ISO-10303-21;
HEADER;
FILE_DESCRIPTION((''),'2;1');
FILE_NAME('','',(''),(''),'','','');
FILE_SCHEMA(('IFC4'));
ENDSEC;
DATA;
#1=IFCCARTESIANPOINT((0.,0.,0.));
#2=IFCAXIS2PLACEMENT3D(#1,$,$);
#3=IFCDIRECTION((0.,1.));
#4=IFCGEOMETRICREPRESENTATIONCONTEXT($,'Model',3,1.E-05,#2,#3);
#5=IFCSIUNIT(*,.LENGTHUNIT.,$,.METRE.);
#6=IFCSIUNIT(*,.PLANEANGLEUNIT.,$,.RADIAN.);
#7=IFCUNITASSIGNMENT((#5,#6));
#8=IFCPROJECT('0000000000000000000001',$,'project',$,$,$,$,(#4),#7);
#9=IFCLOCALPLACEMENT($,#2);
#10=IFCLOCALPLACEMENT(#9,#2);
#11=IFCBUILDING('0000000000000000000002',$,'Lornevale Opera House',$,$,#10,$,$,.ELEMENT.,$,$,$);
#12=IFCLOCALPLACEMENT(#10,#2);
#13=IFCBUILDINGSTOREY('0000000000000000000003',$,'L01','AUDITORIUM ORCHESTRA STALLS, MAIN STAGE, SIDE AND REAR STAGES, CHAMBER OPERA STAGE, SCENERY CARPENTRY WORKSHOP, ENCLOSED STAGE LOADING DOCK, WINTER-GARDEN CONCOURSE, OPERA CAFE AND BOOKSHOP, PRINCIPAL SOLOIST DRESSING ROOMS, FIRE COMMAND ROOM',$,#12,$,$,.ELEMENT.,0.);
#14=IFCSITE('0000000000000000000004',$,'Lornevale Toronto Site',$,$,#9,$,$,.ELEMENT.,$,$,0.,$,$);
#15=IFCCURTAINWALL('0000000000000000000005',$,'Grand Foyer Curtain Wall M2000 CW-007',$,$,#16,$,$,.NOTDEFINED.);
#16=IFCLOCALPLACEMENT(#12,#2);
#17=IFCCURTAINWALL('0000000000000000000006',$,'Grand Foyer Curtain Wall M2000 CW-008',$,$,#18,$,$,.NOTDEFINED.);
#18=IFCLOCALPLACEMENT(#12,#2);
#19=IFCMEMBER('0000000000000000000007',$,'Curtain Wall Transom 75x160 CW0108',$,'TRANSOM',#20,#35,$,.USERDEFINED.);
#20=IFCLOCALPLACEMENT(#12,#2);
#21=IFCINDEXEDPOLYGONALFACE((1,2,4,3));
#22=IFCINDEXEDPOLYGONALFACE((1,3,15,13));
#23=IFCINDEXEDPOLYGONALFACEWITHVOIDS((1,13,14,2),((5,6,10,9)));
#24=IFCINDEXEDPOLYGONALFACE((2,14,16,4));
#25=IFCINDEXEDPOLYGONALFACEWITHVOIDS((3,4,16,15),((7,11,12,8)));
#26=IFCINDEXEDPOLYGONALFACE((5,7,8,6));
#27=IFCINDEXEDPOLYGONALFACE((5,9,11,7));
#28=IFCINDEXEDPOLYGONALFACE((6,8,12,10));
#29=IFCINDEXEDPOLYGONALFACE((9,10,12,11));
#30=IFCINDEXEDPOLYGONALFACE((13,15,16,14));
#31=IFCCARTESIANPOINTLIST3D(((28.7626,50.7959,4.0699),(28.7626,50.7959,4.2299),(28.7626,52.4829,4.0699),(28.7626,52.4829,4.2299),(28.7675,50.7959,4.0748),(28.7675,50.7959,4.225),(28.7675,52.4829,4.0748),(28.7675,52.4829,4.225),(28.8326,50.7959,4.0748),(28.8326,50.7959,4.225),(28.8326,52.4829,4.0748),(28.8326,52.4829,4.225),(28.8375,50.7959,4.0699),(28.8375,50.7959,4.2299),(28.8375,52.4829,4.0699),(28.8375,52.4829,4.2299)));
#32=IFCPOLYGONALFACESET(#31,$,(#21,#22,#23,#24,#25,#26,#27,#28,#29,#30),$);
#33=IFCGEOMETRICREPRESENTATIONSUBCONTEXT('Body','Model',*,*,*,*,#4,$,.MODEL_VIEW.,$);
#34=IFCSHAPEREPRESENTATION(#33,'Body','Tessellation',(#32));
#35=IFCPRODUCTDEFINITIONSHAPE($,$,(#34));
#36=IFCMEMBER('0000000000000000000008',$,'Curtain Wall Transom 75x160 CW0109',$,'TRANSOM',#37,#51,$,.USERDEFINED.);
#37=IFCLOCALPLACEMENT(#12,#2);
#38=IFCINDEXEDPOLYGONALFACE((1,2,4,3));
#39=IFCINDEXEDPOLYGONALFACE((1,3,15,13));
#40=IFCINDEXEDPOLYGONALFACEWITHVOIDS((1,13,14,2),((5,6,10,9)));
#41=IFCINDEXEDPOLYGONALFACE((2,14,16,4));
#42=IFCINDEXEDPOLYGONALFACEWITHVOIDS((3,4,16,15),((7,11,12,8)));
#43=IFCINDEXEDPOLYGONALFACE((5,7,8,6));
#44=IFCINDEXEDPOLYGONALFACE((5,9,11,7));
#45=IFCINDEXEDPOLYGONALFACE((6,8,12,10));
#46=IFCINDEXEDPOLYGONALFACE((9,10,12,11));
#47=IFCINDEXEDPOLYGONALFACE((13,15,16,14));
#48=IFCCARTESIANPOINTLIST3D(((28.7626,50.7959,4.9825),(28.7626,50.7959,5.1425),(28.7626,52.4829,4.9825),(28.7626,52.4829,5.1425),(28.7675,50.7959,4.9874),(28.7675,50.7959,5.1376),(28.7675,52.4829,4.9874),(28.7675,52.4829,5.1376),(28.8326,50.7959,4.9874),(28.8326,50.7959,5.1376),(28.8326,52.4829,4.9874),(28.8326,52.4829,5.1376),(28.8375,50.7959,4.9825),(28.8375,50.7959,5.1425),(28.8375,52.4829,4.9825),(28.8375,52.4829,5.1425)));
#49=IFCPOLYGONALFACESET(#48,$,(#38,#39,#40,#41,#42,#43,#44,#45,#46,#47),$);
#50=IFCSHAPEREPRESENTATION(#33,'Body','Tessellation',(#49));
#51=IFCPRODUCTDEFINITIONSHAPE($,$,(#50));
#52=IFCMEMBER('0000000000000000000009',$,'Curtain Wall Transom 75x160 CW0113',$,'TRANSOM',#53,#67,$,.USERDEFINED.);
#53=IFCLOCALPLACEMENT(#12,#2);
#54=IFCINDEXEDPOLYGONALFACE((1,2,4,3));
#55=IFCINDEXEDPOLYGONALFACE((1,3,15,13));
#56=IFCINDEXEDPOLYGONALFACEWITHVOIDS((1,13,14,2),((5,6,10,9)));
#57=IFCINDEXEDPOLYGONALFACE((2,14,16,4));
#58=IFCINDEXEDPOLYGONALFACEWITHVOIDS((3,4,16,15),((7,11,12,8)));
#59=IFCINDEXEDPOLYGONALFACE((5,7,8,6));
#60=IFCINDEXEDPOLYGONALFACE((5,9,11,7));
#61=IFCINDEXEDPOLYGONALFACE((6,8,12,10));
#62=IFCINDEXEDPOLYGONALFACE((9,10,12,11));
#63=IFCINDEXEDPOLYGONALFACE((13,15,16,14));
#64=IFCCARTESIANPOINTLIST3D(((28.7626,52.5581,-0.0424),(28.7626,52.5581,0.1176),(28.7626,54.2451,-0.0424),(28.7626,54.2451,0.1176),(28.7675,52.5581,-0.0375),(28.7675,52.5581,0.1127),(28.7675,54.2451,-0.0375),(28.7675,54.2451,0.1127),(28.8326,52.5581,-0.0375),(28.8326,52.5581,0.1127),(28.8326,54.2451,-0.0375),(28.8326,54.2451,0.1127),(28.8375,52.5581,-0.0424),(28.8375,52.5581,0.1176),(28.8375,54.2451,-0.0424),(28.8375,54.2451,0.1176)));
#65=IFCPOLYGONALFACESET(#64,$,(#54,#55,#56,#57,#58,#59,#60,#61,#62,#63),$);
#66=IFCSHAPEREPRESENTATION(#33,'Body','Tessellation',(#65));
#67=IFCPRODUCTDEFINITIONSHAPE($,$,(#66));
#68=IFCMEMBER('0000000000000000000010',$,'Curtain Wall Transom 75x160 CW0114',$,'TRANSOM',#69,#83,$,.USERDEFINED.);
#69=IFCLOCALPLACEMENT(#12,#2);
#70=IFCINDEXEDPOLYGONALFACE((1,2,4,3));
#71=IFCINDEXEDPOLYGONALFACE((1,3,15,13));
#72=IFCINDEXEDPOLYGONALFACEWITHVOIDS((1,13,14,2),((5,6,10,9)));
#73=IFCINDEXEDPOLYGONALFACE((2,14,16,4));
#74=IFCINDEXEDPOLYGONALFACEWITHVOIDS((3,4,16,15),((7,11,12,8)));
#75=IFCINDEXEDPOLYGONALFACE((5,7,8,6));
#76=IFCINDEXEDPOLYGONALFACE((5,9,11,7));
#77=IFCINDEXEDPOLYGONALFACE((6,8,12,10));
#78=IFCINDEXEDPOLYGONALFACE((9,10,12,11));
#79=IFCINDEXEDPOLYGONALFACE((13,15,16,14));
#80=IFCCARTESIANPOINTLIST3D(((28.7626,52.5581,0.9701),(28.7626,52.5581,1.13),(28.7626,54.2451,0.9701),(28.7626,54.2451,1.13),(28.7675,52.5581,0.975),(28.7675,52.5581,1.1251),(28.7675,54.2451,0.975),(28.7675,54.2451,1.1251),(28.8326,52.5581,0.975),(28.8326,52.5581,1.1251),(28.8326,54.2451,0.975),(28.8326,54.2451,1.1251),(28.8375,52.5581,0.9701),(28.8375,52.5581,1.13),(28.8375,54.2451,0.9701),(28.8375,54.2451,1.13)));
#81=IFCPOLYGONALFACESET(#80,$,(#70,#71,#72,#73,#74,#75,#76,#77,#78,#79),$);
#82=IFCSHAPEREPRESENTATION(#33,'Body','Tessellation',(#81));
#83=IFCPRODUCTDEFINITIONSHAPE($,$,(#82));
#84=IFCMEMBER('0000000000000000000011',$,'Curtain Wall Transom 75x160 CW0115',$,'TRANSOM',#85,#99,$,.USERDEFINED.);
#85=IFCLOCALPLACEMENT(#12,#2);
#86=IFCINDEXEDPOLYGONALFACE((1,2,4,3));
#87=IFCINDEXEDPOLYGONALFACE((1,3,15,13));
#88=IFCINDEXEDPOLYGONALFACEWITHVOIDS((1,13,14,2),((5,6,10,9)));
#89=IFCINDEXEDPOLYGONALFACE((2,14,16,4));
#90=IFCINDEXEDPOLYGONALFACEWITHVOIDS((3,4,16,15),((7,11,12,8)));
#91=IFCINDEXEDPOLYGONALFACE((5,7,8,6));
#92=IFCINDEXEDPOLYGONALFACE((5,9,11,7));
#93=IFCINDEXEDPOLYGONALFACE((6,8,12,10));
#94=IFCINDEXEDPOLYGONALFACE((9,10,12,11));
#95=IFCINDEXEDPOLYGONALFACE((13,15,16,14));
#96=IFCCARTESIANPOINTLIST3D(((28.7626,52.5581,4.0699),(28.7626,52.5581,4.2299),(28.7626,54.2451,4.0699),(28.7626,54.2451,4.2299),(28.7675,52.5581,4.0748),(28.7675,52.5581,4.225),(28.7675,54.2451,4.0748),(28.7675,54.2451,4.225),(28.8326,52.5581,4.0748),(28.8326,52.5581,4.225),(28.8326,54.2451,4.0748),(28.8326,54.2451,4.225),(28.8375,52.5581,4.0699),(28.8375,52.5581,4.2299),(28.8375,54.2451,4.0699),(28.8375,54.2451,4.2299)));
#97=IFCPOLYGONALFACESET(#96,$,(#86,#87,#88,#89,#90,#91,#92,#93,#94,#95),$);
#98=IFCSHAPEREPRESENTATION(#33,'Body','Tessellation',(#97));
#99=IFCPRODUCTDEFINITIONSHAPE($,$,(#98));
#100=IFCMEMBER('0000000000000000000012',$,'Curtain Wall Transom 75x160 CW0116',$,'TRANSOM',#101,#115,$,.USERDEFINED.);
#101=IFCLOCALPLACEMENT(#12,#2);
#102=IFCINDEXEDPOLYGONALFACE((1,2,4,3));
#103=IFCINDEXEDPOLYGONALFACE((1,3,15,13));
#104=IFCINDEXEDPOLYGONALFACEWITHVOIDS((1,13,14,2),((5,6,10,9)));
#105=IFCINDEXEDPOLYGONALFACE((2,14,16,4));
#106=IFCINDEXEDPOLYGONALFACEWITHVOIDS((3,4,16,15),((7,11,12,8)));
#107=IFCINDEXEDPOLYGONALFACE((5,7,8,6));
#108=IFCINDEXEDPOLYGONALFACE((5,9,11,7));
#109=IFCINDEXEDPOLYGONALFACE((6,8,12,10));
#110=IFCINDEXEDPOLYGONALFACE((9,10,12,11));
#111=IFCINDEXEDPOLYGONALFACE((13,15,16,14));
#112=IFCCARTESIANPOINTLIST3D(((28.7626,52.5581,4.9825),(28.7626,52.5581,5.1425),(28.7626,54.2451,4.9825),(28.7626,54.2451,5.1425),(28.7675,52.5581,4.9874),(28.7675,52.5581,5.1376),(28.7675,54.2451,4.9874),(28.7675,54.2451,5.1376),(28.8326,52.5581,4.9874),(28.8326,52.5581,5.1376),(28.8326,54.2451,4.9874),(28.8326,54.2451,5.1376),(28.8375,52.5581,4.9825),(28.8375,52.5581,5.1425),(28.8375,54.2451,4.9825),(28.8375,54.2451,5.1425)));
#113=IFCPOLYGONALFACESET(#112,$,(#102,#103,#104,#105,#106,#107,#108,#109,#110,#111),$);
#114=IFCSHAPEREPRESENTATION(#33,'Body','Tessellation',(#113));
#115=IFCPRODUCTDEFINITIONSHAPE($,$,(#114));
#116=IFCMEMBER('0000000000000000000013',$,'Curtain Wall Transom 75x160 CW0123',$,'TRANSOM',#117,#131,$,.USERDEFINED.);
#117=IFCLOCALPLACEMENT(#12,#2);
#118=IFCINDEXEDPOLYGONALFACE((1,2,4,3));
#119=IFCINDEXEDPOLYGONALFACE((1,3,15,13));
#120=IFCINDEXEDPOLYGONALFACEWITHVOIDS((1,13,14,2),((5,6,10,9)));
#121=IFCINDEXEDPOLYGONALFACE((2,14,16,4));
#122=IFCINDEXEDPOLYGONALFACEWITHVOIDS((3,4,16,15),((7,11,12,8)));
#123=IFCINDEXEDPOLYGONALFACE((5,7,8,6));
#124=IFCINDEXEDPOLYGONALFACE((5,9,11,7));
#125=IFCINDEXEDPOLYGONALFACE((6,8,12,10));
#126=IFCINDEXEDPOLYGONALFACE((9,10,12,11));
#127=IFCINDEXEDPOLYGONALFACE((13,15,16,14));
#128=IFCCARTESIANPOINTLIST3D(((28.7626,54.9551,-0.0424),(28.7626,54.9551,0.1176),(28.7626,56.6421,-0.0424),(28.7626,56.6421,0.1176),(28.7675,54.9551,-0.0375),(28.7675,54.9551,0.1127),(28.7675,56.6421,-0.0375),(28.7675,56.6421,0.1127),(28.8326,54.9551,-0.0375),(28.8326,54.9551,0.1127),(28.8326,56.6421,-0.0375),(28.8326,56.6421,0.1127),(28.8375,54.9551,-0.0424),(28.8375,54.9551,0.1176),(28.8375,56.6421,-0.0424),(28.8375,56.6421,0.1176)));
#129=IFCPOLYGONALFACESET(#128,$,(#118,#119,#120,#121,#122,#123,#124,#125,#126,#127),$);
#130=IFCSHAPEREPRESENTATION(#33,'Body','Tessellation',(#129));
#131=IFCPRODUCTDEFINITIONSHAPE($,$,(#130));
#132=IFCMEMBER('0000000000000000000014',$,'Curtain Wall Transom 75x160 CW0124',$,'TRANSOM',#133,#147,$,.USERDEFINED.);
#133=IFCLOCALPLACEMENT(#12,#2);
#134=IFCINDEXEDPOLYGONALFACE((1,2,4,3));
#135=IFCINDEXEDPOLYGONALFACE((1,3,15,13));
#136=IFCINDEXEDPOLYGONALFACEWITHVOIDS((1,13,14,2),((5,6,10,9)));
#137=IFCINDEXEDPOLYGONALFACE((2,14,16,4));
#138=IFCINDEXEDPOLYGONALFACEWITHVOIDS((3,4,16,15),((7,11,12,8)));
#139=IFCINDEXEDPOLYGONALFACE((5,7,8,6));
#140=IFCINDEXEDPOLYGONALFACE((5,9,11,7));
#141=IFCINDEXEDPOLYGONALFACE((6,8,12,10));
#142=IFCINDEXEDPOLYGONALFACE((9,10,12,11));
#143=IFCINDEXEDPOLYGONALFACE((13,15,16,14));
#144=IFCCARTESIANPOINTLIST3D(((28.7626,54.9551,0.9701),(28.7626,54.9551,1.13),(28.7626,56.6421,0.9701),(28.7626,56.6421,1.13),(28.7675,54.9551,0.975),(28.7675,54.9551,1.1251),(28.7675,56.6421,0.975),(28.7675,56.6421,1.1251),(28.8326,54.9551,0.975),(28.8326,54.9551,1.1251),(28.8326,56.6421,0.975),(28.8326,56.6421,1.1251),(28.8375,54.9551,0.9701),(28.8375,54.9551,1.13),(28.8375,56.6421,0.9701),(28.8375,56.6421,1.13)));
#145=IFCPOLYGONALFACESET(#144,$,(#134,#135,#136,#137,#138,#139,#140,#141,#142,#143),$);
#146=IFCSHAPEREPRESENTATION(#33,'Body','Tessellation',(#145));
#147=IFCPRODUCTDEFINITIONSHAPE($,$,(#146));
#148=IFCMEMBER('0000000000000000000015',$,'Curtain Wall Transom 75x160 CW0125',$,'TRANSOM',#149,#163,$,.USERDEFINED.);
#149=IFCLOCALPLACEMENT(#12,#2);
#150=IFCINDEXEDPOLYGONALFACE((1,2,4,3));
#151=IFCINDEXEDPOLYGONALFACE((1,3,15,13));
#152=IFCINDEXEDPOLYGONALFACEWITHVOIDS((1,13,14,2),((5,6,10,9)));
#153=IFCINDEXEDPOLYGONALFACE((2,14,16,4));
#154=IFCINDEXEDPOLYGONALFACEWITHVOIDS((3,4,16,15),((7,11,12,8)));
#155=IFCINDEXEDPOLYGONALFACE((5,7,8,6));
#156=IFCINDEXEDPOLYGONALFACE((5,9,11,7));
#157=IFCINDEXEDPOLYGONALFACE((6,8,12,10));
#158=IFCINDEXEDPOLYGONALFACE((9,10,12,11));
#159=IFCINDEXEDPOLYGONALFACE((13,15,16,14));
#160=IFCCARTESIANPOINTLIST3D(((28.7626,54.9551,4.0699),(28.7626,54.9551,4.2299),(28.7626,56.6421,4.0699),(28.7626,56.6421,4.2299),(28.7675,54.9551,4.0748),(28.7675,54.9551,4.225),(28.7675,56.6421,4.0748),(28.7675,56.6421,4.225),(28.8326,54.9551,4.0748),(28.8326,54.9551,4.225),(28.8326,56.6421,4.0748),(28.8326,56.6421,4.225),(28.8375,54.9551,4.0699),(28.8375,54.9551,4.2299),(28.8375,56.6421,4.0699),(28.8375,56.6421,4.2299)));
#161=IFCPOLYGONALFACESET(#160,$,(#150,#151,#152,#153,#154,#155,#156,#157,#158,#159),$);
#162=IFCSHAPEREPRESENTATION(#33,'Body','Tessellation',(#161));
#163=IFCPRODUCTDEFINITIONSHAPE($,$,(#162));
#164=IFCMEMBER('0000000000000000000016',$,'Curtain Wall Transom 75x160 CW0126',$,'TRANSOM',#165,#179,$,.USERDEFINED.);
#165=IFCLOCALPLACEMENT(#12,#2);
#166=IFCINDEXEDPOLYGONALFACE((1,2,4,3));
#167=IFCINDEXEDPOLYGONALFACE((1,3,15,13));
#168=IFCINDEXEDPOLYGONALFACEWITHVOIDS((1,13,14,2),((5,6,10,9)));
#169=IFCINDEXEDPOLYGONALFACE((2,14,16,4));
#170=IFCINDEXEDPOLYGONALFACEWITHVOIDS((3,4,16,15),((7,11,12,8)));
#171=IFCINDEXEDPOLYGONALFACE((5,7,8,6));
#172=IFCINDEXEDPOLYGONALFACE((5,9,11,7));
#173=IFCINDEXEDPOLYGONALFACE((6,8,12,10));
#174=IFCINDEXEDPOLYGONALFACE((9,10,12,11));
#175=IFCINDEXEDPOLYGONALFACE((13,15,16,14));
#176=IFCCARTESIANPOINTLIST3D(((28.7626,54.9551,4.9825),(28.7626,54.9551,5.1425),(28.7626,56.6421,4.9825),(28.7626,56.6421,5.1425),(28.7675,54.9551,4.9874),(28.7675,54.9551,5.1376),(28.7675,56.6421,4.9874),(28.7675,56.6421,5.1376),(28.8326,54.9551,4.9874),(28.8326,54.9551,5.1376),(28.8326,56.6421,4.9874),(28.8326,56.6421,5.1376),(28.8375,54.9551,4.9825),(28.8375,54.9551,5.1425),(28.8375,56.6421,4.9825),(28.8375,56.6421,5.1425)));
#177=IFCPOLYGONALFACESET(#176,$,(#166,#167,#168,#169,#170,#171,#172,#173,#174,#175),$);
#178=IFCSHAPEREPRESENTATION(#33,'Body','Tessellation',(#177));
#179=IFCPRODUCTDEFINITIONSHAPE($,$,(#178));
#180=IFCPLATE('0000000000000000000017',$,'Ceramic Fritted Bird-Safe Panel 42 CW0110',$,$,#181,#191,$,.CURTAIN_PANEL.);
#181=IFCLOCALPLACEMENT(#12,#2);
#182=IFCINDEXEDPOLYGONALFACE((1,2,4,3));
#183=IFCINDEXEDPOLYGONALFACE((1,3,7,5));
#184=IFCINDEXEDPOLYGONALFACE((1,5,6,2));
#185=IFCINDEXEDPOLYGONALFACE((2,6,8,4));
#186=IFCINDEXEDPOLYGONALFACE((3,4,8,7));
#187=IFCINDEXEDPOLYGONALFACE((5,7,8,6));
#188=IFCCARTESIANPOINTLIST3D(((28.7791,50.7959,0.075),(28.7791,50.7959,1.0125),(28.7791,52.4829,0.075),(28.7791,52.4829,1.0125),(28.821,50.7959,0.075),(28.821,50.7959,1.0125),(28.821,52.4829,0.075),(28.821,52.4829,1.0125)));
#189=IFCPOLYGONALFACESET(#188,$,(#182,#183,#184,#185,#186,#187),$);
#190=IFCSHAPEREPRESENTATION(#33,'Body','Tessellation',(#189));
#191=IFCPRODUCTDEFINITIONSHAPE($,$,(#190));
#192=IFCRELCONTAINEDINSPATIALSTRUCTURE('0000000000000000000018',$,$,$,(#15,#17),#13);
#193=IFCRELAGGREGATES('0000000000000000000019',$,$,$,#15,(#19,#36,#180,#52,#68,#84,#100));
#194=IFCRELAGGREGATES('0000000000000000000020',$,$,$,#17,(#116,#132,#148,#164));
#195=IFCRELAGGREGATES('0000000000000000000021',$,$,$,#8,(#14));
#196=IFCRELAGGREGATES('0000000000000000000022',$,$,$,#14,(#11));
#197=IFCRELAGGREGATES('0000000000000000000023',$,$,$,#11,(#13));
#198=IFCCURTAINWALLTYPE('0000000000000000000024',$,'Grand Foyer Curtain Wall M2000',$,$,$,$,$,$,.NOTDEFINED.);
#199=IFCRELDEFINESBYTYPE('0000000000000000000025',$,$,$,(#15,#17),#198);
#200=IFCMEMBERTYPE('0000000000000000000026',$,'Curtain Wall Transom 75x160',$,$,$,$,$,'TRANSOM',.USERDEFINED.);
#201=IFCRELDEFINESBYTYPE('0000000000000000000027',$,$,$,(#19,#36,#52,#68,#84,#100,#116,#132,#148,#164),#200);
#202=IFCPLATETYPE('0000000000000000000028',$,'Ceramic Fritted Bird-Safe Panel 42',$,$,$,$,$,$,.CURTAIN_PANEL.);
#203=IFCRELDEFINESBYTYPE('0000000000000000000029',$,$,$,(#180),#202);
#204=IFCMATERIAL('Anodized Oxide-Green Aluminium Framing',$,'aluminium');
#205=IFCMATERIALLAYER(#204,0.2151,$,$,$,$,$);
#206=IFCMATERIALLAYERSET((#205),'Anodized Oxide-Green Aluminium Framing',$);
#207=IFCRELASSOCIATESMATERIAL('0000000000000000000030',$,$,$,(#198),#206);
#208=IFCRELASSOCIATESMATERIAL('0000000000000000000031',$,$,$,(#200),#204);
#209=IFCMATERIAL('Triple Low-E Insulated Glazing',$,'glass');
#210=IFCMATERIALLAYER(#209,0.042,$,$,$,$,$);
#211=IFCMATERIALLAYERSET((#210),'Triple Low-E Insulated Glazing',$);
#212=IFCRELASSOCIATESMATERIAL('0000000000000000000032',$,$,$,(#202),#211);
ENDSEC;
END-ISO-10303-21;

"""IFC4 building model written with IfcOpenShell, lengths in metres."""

from ifc_helpers import new_model, si_unit, direction, frame, origin, origin_2d, place, context, subcontext, project, spatial, rectangle, hollow_rectangle, extrude, material, layer, layer_set, material_profile, profile_set, type_object, element, aggregate, save


model = new_model("IFC4")

# Units and contexts
model_context = context("Model", 3, precision=1e-05, world=origin(), true_north=direction((0.0, 1.0)))
body_context = subcontext(model_context, "Body", "Model", "MODEL_VIEW")
ifc_project = project(units=[si_unit("LENGTHUNIT", "METRE"), si_unit("PLANEANGLEUNIT", "RADIAN")], contexts=[model_context])

# Site, building, storey
site_placement = place(None, origin())
site = spatial("IfcSite", under=ifc_project, at=site_placement, Name="Lornevale Toronto Site", CompositionType="ELEMENT", RefElevation=0.0)
building_placement = place(site_placement, origin())
building = spatial("IfcBuilding", under=site, at=building_placement, Name="Lornevale Opera House", CompositionType="ELEMENT")
storey_placement = place(building_placement, origin())
storey = spatial("IfcBuildingStorey", under=building, at=storey_placement, Name="L01", Description="AUDITORIUM ORCHESTRA STALLS, MAIN STAGE, SIDE AND REAR STAGES, CHAMBER OPERA STAGE, SCENERY CARPENTRY WORKSHOP, ENCLOSED STAGE LOADING DOCK, WINTER-GARDEN CONCOURSE, OPERA CAFE AND BOOKSHOP, PRINCIPAL SOLOIST DRESSING ROOMS, FIRE COMMAND ROOM", CompositionType="ELEMENT", Elevation=0.0)

# Curtain wall
ifc_material_1 = material(Name="Anodized Oxide-Green Aluminium Framing", Category="aluminium")
ifc_layer_1 = layer(ifc_material_1, 0.2151)
ifc_layer_set_1 = layer_set([ifc_layer_1], Name="Anodized Oxide-Green Aluminium Framing")
curtain_wall_type = type_object("IfcCurtainWallType", Name="Grand Foyer Curtain Wall M2000", PredefinedType="NOTDEFINED", material=ifc_layer_set_1)
curtain_wall_1_placement = place(storey_placement, origin())
curtain_wall_1 = element("IfcCurtainWall", 1, at=curtain_wall_1_placement, inside=storey, type_object=curtain_wall_type, Name="Grand Foyer Curtain Wall M2000 CW-007", PredefinedType="NOTDEFINED")

# Curtain wall
curtain_wall_2_placement = place(storey_placement, origin())
curtain_wall_2 = element("IfcCurtainWall", 2, at=curtain_wall_2_placement, inside=storey, type_object=curtain_wall_type, Name="Grand Foyer Curtain Wall M2000 CW-008", PredefinedType="NOTDEFINED")

# Members
ifc_material_profile_1 = material_profile(ifc_material_1, hollow_rectangle(XDim=0.075, YDim=0.1599, WallThickness=0.0049, at=origin_2d()), Name="ALU75x160x5")
ifc_profile_set_1 = profile_set([ifc_material_profile_1], Name="Anodized Oxide-Green Aluminium Framing")
member_type_1 = type_object("IfcMemberType", Name="Curtain Wall Transom 75x160", ElementType="TRANSOM", PredefinedType="USERDEFINED", material=ifc_profile_set_1)
member_1_placement = place(storey_placement, frame((28.8, 50.7959, 4.1499), z_axis=(0.0, 1.0, 0.0), x_axis=(-1.0, 0.0, 0.0)))
member_1 = element("IfcMember", 3, at=member_1_placement, type_object=member_type_1, Name="Curtain Wall Transom 75x160 CW0108", ObjectType="TRANSOM", PredefinedType="USERDEFINED", context=body_context, shape_type="SweptSolid", body=[
    extrude(hollow_rectangle(XDim=0.075, YDim=0.1599, WallThickness=0.0049, at=origin_2d()), origin(), (0.0, 0.0, 1.0), 1.687),
])
member_2_placement = place(storey_placement, frame((28.8, 50.7959, 5.0625), z_axis=(0.0, 1.0, 0.0), x_axis=(-1.0, 0.0, 0.0)))
member_2 = element("IfcMember", 4, at=member_2_placement, type_object=member_type_1, Name="Curtain Wall Transom 75x160 CW0109", ObjectType="TRANSOM", PredefinedType="USERDEFINED", context=body_context, shape_type="SweptSolid", body=[
    extrude(hollow_rectangle(XDim=0.075, YDim=0.1599, WallThickness=0.0049, at=origin_2d()), origin(), (0.0, 0.0, 1.0), 1.687),
])
member_3_placement = place(storey_placement, frame((28.8, 52.5581, 0.0376), z_axis=(0.0, 1.0, 0.0), x_axis=(-1.0, 0.0, 0.0)))
member_3 = element("IfcMember", 5, at=member_3_placement, type_object=member_type_1, Name="Curtain Wall Transom 75x160 CW0113", ObjectType="TRANSOM", PredefinedType="USERDEFINED", context=body_context, shape_type="SweptSolid", body=[
    extrude(hollow_rectangle(XDim=0.075, YDim=0.1599, WallThickness=0.0049, at=origin_2d()), origin(), (0.0, 0.0, 1.0), 1.687),
])
member_4_placement = place(storey_placement, frame((28.8, 52.5581, 1.05), z_axis=(0.0, 1.0, 0.0), x_axis=(-1.0, 0.0, 0.0)))
member_4 = element("IfcMember", 6, at=member_4_placement, type_object=member_type_1, Name="Curtain Wall Transom 75x160 CW0114", ObjectType="TRANSOM", PredefinedType="USERDEFINED", context=body_context, shape_type="SweptSolid", body=[
    extrude(hollow_rectangle(XDim=0.075, YDim=0.1599, WallThickness=0.0049, at=origin_2d()), origin(), (0.0, 0.0, 1.0), 1.687),
])
member_5_placement = place(storey_placement, frame((28.8, 52.5581, 4.1499), z_axis=(0.0, 1.0, 0.0), x_axis=(-1.0, 0.0, 0.0)))
member_5 = element("IfcMember", 7, at=member_5_placement, type_object=member_type_1, Name="Curtain Wall Transom 75x160 CW0115", ObjectType="TRANSOM", PredefinedType="USERDEFINED", context=body_context, shape_type="SweptSolid", body=[
    extrude(hollow_rectangle(XDim=0.075, YDim=0.1599, WallThickness=0.0049, at=origin_2d()), origin(), (0.0, 0.0, 1.0), 1.687),
])
member_6_placement = place(storey_placement, frame((28.8, 52.5581, 5.0625), z_axis=(0.0, 1.0, 0.0), x_axis=(-1.0, 0.0, 0.0)))
member_6 = element("IfcMember", 8, at=member_6_placement, type_object=member_type_1, Name="Curtain Wall Transom 75x160 CW0116", ObjectType="TRANSOM", PredefinedType="USERDEFINED", context=body_context, shape_type="SweptSolid", body=[
    extrude(hollow_rectangle(XDim=0.075, YDim=0.1599, WallThickness=0.0049, at=origin_2d()), origin(), (0.0, 0.0, 1.0), 1.687),
])
member_7_placement = place(storey_placement, frame((28.8, 54.9551, 0.0376), z_axis=(0.0, 1.0, 0.0), x_axis=(-1.0, 0.0, 0.0)))
member_7 = element("IfcMember", 9, at=member_7_placement, type_object=member_type_1, Name="Curtain Wall Transom 75x160 CW0123", ObjectType="TRANSOM", PredefinedType="USERDEFINED", context=body_context, shape_type="SweptSolid", body=[
    extrude(hollow_rectangle(XDim=0.075, YDim=0.1599, WallThickness=0.0049, at=origin_2d()), origin(), (0.0, 0.0, 1.0), 1.687),
])
member_8_placement = place(storey_placement, frame((28.8, 54.9551, 1.05), z_axis=(0.0, 1.0, 0.0), x_axis=(-1.0, 0.0, 0.0)))
member_8 = element("IfcMember", 10, at=member_8_placement, type_object=member_type_1, Name="Curtain Wall Transom 75x160 CW0124", ObjectType="TRANSOM", PredefinedType="USERDEFINED", context=body_context, shape_type="SweptSolid", body=[
    extrude(hollow_rectangle(XDim=0.075, YDim=0.1599, WallThickness=0.0049, at=origin_2d()), origin(), (0.0, 0.0, 1.0), 1.687),
])
member_9_placement = place(storey_placement, frame((28.8, 54.9551, 4.1499), z_axis=(0.0, 1.0, 0.0), x_axis=(-1.0, 0.0, 0.0)))
member_9 = element("IfcMember", 11, at=member_9_placement, type_object=member_type_1, Name="Curtain Wall Transom 75x160 CW0125", ObjectType="TRANSOM", PredefinedType="USERDEFINED", context=body_context, shape_type="SweptSolid", body=[
    extrude(hollow_rectangle(XDim=0.075, YDim=0.1599, WallThickness=0.0049, at=origin_2d()), origin(), (0.0, 0.0, 1.0), 1.687),
])
member_10_placement = place(storey_placement, frame((28.8, 54.9551, 5.0625), z_axis=(0.0, 1.0, 0.0), x_axis=(-1.0, 0.0, 0.0)))
member_10 = element("IfcMember", 12, at=member_10_placement, type_object=member_type_1, Name="Curtain Wall Transom 75x160 CW0126", ObjectType="TRANSOM", PredefinedType="USERDEFINED", context=body_context, shape_type="SweptSolid", body=[
    extrude(hollow_rectangle(XDim=0.075, YDim=0.1599, WallThickness=0.0049, at=origin_2d()), origin(), (0.0, 0.0, 1.0), 1.687),
])

# Plate
ifc_material_2 = material(Name="Triple Low-E Insulated Glazing", Category="glass")
ifc_layer_2 = layer(ifc_material_2, 0.042)
ifc_layer_set_2 = layer_set([ifc_layer_2], Name="Triple Low-E Insulated Glazing")
plate_type = type_object("IfcPlateType", Name="Ceramic Fritted Bird-Safe Panel 42", PredefinedType="CURTAIN_PANEL", material=ifc_layer_set_2)
plate_1_placement = place(storey_placement, frame((28.8, 51.6394, 0.075), z_axis=(0.0, 0.0, 1.0), x_axis=(0.0, 1.0, 0.0)))
plate_1 = element("IfcPlate", 13, at=plate_1_placement, type_object=plate_type, Name="Ceramic Fritted Bird-Safe Panel 42 CW0110", PredefinedType="CURTAIN_PANEL", context=body_context, shape_type="SweptSolid", body=[
    extrude(rectangle(XDim=1.687, YDim=0.042, at=origin_2d()), origin(), (0.0, 0.0, 1.0), 0.9375),
])
aggregate(curtain_wall_1, [member_1, member_2, plate_1, member_3, member_4, member_5, member_6])
aggregate(curtain_wall_2, [member_7, member_8, member_9, member_10])

save(model, "model.ifc")
